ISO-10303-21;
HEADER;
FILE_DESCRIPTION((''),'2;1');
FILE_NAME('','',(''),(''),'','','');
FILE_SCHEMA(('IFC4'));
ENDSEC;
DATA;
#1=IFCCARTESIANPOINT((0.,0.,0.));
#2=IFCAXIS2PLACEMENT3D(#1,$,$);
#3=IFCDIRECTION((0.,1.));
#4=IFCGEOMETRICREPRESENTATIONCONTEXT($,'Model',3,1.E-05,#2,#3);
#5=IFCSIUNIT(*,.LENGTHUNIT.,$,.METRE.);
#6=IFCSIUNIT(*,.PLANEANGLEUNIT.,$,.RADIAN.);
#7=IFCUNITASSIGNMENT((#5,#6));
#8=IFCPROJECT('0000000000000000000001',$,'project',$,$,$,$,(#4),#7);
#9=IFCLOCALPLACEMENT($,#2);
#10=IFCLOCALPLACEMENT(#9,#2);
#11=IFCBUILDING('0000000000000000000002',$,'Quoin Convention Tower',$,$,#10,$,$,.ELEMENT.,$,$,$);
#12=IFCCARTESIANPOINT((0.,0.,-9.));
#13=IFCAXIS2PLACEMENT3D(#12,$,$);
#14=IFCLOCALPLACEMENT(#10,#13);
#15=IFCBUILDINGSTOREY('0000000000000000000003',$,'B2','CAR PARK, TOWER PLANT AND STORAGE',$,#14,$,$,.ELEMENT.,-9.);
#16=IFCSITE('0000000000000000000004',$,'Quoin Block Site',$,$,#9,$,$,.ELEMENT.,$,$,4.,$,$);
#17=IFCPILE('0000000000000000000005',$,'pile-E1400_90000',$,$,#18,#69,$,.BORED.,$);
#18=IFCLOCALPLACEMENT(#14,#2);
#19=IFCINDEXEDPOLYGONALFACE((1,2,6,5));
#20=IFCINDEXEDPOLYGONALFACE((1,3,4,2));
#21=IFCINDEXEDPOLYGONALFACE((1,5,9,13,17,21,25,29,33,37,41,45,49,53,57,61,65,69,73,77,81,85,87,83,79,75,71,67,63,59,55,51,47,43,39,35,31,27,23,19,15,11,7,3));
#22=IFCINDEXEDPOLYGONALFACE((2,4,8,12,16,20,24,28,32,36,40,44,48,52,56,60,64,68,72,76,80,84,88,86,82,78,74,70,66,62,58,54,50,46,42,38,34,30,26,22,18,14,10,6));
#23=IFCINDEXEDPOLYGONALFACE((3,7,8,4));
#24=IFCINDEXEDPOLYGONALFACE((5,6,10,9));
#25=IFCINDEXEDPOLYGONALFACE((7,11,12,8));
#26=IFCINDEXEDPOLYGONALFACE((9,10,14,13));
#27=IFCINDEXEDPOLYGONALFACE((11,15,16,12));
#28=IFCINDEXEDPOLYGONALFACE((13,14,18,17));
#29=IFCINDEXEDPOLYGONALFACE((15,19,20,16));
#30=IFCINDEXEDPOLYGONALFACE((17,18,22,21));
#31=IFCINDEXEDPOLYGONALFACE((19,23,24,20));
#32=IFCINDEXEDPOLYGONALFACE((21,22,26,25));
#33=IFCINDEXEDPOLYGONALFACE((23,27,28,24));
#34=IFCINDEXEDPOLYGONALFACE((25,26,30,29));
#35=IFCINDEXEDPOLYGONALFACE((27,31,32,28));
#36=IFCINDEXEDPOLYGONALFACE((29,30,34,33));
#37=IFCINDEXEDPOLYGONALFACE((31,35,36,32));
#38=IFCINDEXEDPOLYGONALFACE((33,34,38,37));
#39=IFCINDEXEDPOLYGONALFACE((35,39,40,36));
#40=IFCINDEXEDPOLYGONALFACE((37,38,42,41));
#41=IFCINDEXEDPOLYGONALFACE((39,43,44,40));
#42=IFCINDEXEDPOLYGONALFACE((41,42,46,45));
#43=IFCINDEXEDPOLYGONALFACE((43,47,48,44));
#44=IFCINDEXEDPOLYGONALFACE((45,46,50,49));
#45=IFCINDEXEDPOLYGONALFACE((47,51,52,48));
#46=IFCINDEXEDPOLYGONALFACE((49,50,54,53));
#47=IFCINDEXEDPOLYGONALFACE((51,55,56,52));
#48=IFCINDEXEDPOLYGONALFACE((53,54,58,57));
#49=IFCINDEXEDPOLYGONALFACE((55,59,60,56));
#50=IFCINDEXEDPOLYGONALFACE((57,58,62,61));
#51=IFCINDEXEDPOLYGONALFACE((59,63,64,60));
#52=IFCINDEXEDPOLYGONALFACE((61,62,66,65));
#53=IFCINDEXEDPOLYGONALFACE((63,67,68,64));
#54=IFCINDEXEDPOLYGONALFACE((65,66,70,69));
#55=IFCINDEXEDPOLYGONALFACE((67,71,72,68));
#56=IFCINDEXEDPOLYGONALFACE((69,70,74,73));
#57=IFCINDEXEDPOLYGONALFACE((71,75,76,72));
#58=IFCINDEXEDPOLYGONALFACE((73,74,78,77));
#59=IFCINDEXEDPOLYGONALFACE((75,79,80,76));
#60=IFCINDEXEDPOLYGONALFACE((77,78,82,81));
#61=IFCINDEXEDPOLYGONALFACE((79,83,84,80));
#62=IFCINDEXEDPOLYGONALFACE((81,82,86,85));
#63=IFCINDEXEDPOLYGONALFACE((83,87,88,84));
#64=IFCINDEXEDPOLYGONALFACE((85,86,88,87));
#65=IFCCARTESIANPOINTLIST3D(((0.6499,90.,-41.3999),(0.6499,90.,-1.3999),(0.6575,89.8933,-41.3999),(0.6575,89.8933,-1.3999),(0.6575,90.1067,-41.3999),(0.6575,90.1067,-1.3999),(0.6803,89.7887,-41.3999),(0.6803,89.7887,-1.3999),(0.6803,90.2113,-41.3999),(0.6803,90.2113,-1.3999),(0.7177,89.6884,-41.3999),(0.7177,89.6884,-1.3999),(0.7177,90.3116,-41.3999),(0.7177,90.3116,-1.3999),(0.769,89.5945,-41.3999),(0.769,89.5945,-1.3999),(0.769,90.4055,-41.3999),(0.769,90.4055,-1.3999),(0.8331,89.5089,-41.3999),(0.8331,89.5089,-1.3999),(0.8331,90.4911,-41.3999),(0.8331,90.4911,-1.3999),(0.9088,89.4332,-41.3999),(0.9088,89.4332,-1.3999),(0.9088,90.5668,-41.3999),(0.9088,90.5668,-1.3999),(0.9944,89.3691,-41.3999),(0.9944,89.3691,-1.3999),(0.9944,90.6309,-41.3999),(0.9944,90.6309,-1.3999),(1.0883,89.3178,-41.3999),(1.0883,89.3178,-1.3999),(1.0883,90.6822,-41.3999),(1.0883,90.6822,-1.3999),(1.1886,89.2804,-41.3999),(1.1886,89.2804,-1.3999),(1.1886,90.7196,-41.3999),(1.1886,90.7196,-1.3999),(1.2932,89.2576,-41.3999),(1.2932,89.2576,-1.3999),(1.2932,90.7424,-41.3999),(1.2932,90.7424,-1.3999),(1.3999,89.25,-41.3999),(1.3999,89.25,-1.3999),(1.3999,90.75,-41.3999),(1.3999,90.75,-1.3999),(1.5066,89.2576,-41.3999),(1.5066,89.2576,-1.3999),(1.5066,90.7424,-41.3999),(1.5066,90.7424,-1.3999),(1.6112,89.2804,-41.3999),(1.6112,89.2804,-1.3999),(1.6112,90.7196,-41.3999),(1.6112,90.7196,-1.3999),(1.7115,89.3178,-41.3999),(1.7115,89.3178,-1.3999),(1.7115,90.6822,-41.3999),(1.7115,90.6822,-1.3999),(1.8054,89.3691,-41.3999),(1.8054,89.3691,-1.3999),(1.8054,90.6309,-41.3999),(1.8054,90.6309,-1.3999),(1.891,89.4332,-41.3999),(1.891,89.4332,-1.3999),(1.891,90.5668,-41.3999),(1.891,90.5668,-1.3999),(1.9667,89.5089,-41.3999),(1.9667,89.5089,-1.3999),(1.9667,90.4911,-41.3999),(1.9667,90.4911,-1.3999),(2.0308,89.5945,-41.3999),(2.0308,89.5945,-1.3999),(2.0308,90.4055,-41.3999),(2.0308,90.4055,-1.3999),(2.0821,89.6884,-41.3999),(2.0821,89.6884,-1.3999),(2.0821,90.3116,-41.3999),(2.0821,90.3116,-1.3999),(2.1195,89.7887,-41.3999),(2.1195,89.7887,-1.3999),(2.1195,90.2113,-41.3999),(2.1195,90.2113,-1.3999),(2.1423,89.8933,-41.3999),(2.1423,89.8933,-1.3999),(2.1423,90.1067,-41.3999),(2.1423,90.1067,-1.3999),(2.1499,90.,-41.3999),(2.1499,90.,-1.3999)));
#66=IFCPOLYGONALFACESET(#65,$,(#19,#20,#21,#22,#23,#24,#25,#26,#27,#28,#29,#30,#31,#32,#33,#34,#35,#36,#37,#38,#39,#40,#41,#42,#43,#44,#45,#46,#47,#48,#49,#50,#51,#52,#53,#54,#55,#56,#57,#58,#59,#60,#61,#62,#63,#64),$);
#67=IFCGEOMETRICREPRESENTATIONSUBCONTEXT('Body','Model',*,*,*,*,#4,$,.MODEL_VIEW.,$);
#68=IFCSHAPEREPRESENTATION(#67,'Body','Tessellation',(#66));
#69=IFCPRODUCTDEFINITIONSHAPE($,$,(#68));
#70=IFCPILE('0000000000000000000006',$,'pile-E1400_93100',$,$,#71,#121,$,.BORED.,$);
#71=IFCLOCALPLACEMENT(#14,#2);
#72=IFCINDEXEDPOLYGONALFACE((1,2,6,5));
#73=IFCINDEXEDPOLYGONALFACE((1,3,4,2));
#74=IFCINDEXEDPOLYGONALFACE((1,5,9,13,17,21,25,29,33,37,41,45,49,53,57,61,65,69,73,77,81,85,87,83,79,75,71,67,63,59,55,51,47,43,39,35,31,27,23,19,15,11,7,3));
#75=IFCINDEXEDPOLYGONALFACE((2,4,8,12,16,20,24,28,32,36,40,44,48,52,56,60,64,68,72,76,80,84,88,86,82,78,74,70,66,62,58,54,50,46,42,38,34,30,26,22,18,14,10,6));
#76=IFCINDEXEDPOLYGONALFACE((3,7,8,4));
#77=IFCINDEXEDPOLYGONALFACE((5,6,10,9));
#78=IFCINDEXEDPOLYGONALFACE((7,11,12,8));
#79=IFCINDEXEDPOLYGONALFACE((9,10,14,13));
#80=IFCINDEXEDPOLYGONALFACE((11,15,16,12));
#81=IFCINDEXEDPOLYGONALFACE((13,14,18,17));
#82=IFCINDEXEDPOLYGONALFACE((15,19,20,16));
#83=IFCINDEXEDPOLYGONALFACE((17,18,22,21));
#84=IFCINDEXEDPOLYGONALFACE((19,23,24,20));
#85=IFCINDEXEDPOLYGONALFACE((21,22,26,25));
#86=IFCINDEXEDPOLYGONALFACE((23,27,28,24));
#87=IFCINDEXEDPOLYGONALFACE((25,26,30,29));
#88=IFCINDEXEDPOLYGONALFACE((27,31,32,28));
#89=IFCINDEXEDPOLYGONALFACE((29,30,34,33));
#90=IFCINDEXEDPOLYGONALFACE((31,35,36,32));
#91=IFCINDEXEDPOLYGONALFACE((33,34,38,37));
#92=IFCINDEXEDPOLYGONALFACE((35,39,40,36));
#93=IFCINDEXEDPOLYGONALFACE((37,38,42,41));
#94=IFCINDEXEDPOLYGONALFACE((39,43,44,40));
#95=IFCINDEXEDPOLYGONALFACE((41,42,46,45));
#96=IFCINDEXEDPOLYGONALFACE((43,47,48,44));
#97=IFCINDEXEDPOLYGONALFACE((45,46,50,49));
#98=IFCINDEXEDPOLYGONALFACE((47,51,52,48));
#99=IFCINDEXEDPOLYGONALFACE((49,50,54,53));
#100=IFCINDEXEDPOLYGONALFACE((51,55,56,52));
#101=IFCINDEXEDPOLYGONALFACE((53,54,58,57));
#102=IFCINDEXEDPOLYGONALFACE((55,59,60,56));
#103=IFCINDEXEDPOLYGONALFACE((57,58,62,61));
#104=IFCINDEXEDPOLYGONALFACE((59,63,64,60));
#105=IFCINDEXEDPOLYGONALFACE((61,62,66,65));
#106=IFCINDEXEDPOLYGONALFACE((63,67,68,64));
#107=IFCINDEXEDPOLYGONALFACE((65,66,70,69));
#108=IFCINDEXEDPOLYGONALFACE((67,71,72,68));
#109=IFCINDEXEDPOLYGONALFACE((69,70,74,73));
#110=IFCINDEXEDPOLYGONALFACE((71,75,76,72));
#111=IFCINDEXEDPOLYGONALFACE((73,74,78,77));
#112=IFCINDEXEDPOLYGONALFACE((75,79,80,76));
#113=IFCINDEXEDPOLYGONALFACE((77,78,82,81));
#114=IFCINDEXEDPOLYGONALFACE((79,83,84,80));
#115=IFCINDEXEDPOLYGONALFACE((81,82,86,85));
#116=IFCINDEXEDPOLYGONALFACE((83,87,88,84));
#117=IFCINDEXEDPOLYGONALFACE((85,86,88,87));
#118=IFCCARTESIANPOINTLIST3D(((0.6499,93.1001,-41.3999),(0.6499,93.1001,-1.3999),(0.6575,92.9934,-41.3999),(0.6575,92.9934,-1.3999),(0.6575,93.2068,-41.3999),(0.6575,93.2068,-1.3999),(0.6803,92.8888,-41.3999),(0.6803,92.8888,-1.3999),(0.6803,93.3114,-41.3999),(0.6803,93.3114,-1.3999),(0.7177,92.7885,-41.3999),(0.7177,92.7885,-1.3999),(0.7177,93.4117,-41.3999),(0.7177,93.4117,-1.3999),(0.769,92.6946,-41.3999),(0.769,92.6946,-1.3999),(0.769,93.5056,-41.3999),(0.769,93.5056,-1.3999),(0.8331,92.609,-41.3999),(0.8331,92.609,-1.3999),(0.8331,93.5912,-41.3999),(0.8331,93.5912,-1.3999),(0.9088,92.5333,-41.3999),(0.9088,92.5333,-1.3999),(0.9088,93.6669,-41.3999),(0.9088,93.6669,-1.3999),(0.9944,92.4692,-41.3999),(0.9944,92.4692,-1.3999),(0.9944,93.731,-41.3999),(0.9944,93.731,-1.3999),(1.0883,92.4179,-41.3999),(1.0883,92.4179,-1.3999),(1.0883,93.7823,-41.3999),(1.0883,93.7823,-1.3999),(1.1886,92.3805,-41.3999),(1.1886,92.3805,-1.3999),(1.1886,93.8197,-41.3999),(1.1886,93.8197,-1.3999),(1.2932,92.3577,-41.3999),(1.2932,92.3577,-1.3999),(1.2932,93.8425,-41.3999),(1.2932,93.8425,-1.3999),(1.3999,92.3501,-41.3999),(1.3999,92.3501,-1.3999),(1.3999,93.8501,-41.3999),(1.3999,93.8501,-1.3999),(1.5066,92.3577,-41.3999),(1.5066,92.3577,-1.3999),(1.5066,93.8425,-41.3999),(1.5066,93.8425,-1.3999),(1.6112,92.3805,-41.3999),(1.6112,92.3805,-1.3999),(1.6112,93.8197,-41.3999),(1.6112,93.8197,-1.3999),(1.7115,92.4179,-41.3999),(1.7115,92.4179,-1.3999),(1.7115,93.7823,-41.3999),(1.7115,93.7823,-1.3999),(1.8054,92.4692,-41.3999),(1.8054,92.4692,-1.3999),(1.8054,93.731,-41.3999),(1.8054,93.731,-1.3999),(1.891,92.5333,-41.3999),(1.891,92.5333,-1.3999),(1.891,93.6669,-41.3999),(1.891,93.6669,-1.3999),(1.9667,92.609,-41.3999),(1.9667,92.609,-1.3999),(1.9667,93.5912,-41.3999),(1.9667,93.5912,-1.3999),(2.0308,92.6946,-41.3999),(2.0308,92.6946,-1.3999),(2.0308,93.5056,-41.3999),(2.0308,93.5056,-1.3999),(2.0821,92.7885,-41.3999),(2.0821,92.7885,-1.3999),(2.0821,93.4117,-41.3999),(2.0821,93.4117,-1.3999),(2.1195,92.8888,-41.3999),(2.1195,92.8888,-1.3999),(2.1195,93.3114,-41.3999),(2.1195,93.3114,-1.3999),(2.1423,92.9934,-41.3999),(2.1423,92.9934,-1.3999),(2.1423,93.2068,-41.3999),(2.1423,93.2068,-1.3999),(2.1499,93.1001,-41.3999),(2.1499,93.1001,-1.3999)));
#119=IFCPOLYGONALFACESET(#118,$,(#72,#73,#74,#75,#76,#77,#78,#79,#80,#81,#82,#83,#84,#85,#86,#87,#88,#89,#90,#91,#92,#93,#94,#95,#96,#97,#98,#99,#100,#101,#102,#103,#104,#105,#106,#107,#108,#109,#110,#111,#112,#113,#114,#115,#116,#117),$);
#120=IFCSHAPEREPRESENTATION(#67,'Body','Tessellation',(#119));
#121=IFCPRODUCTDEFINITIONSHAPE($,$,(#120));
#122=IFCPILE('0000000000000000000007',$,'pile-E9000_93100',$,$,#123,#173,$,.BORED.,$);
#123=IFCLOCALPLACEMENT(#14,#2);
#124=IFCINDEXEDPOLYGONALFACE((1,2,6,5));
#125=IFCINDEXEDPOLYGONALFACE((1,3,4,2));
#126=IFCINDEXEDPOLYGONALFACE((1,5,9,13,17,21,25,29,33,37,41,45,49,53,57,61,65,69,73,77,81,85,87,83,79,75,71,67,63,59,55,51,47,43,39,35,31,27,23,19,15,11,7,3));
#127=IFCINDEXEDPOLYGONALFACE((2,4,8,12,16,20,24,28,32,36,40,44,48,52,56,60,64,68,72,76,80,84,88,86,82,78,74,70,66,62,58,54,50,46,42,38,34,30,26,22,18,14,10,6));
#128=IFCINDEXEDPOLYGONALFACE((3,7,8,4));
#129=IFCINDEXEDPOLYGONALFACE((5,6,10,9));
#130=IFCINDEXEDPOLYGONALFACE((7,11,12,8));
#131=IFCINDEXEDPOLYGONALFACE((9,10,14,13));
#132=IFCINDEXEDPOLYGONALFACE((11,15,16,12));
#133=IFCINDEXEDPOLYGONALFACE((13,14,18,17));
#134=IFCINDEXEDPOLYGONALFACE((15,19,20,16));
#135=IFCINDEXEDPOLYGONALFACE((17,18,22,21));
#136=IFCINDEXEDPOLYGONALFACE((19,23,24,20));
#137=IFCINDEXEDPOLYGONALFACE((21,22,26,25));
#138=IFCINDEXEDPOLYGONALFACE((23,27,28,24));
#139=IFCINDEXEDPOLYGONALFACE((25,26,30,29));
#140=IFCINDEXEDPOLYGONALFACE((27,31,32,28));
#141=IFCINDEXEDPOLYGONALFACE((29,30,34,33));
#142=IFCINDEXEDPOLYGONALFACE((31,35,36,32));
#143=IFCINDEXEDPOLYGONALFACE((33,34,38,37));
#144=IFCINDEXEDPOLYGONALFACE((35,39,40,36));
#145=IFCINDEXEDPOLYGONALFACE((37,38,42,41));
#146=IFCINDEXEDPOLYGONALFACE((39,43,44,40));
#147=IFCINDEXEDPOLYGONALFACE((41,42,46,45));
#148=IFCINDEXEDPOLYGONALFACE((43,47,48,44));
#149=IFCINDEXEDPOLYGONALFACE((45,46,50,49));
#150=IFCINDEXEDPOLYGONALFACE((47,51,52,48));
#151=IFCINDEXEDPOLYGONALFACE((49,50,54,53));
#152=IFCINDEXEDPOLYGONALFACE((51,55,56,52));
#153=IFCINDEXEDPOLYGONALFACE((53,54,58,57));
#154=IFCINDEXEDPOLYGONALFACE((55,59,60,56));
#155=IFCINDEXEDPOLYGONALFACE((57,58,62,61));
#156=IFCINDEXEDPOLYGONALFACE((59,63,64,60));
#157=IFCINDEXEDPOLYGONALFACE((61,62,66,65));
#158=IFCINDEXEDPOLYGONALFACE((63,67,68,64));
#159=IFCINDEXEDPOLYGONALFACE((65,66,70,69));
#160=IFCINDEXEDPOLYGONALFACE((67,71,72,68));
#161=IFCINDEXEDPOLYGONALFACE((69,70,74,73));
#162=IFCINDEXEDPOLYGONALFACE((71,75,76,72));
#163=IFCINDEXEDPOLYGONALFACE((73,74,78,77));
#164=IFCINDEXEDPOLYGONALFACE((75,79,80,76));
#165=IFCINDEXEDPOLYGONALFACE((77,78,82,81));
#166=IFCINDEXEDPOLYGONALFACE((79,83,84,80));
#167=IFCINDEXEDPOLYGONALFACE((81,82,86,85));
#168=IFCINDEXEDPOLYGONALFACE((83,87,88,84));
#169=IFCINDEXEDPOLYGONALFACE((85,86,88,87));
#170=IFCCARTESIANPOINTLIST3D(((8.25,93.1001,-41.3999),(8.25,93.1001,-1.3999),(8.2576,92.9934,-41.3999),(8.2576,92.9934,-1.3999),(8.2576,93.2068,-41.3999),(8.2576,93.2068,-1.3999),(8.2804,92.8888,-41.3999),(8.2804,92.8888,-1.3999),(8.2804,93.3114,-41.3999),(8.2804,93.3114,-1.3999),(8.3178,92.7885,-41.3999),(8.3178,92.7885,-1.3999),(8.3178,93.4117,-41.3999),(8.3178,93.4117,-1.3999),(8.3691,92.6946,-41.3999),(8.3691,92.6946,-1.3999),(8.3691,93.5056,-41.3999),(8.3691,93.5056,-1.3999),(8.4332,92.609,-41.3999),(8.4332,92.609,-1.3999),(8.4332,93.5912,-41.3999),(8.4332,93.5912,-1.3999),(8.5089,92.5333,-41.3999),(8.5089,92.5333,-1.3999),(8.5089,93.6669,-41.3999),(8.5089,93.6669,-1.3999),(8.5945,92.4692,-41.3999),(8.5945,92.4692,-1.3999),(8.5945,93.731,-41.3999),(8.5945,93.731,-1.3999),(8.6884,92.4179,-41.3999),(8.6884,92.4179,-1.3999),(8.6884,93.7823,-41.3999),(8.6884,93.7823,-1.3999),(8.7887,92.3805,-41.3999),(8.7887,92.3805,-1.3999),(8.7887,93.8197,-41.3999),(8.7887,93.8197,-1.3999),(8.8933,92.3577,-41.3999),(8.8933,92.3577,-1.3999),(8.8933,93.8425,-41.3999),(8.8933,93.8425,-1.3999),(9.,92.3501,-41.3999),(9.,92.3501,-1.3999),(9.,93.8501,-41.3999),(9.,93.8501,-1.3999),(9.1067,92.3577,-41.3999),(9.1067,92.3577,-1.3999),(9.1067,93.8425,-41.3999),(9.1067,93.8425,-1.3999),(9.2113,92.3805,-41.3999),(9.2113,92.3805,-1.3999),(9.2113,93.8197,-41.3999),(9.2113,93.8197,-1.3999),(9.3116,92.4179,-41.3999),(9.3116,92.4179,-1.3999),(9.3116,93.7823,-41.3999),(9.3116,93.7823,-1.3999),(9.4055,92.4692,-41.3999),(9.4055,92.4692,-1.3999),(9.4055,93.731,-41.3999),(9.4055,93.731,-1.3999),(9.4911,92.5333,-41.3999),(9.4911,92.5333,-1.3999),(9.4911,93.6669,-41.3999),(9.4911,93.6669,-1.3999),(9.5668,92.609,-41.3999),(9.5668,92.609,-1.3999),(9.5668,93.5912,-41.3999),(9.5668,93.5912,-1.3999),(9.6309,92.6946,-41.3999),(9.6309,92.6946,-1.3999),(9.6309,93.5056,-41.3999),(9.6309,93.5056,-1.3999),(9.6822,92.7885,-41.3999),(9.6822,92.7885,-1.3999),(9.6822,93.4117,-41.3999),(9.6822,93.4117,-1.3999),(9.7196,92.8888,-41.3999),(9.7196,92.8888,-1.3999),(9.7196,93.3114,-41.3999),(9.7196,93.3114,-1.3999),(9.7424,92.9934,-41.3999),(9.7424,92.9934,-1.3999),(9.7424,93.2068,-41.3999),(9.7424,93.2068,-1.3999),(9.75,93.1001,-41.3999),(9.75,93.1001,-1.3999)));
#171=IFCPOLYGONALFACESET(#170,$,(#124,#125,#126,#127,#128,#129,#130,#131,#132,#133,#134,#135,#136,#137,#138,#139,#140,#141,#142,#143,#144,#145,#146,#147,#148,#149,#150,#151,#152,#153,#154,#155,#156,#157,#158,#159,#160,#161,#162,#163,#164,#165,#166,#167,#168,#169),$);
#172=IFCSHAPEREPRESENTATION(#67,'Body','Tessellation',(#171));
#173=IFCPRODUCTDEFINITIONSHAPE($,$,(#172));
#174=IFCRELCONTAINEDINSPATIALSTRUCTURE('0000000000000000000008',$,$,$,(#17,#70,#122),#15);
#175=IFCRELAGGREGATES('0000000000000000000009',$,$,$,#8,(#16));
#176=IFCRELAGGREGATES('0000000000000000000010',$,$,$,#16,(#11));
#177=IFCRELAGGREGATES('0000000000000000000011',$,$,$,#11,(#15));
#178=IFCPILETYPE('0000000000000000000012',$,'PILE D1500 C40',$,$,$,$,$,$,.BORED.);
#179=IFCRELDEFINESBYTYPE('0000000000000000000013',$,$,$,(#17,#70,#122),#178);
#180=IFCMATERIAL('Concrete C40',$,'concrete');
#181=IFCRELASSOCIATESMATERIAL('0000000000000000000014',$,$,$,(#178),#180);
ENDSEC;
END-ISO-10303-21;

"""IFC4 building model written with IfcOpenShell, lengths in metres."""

from ifc_helpers import new_model, si_unit, direction, frame, origin, origin_2d, place, context, subcontext, project, spatial, circle, extrude, material, material_profile, profile_set, type_object, element, save


model = new_model("IFC4")

# Units and contexts
model_context = context("Model", 3, precision=1e-05, world=origin(), true_north=direction((0.0, 1.0)))
body_context = subcontext(model_context, "Body", "Model", "MODEL_VIEW")
ifc_project = project(units=[si_unit("LENGTHUNIT", "METRE"), si_unit("PLANEANGLEUNIT", "RADIAN")], contexts=[model_context])

# Site, building, storey
site_placement = place(None, origin())
site = spatial("IfcSite", under=ifc_project, at=site_placement, Name="Quoin Block Site", CompositionType="ELEMENT", RefElevation=4.0)
building_placement = place(site_placement, origin())
building = spatial("IfcBuilding", under=site, at=building_placement, Name="Quoin Convention Tower", CompositionType="ELEMENT")
storey_placement = place(building_placement, frame((0.0, 0.0, -9.0)))
storey = spatial("IfcBuildingStorey", under=building, at=storey_placement, Name="B2", Description="CAR PARK, TOWER PLANT AND STORAGE", CompositionType="ELEMENT", Elevation=-9.0)

# Piles
ifc_material_1 = material(Name="Concrete C40", Category="concrete")
ifc_material_profile_1 = material_profile(ifc_material_1, circle(Radius=0.75, at=origin_2d()), Name="D1500")
ifc_profile_set_1 = profile_set([ifc_material_profile_1], Name="Concrete C40")
pile_type = type_object("IfcPileType", Name="PILE D1500 C40", PredefinedType="BORED", material=ifc_profile_set_1)
for number, where, z_axis, x_axis, name in (
    (1, (1.3999, 90.0, -1.3999), (0.0, 0.0, -1.0), (1.0, 0.0, 0.0), "pile-E1400_90000"),
    (2, (1.3999, 93.1001, -1.3999), (0.0, 0.0, -1.0), (1.0, 0.0, 0.0), "pile-E1400_93100"),
    (3, (9.0, 93.1001, -1.3999), (0.0, 0.0, -1.0), (1.0, 0.0, 0.0), "pile-E9000_93100"),
):
    element("IfcPile", number, at=place(storey_placement, frame(where, z_axis=z_axis, x_axis=x_axis)), inside=storey, type_object=pile_type, Name=name, PredefinedType="BORED", context=body_context, shape_type="SweptSolid", body=[
        extrude(circle(Radius=0.75, at=origin_2d()), origin(), (0.0, 0.0, 1.0), 40.0),
    ])

save(model, "model.ifc")
